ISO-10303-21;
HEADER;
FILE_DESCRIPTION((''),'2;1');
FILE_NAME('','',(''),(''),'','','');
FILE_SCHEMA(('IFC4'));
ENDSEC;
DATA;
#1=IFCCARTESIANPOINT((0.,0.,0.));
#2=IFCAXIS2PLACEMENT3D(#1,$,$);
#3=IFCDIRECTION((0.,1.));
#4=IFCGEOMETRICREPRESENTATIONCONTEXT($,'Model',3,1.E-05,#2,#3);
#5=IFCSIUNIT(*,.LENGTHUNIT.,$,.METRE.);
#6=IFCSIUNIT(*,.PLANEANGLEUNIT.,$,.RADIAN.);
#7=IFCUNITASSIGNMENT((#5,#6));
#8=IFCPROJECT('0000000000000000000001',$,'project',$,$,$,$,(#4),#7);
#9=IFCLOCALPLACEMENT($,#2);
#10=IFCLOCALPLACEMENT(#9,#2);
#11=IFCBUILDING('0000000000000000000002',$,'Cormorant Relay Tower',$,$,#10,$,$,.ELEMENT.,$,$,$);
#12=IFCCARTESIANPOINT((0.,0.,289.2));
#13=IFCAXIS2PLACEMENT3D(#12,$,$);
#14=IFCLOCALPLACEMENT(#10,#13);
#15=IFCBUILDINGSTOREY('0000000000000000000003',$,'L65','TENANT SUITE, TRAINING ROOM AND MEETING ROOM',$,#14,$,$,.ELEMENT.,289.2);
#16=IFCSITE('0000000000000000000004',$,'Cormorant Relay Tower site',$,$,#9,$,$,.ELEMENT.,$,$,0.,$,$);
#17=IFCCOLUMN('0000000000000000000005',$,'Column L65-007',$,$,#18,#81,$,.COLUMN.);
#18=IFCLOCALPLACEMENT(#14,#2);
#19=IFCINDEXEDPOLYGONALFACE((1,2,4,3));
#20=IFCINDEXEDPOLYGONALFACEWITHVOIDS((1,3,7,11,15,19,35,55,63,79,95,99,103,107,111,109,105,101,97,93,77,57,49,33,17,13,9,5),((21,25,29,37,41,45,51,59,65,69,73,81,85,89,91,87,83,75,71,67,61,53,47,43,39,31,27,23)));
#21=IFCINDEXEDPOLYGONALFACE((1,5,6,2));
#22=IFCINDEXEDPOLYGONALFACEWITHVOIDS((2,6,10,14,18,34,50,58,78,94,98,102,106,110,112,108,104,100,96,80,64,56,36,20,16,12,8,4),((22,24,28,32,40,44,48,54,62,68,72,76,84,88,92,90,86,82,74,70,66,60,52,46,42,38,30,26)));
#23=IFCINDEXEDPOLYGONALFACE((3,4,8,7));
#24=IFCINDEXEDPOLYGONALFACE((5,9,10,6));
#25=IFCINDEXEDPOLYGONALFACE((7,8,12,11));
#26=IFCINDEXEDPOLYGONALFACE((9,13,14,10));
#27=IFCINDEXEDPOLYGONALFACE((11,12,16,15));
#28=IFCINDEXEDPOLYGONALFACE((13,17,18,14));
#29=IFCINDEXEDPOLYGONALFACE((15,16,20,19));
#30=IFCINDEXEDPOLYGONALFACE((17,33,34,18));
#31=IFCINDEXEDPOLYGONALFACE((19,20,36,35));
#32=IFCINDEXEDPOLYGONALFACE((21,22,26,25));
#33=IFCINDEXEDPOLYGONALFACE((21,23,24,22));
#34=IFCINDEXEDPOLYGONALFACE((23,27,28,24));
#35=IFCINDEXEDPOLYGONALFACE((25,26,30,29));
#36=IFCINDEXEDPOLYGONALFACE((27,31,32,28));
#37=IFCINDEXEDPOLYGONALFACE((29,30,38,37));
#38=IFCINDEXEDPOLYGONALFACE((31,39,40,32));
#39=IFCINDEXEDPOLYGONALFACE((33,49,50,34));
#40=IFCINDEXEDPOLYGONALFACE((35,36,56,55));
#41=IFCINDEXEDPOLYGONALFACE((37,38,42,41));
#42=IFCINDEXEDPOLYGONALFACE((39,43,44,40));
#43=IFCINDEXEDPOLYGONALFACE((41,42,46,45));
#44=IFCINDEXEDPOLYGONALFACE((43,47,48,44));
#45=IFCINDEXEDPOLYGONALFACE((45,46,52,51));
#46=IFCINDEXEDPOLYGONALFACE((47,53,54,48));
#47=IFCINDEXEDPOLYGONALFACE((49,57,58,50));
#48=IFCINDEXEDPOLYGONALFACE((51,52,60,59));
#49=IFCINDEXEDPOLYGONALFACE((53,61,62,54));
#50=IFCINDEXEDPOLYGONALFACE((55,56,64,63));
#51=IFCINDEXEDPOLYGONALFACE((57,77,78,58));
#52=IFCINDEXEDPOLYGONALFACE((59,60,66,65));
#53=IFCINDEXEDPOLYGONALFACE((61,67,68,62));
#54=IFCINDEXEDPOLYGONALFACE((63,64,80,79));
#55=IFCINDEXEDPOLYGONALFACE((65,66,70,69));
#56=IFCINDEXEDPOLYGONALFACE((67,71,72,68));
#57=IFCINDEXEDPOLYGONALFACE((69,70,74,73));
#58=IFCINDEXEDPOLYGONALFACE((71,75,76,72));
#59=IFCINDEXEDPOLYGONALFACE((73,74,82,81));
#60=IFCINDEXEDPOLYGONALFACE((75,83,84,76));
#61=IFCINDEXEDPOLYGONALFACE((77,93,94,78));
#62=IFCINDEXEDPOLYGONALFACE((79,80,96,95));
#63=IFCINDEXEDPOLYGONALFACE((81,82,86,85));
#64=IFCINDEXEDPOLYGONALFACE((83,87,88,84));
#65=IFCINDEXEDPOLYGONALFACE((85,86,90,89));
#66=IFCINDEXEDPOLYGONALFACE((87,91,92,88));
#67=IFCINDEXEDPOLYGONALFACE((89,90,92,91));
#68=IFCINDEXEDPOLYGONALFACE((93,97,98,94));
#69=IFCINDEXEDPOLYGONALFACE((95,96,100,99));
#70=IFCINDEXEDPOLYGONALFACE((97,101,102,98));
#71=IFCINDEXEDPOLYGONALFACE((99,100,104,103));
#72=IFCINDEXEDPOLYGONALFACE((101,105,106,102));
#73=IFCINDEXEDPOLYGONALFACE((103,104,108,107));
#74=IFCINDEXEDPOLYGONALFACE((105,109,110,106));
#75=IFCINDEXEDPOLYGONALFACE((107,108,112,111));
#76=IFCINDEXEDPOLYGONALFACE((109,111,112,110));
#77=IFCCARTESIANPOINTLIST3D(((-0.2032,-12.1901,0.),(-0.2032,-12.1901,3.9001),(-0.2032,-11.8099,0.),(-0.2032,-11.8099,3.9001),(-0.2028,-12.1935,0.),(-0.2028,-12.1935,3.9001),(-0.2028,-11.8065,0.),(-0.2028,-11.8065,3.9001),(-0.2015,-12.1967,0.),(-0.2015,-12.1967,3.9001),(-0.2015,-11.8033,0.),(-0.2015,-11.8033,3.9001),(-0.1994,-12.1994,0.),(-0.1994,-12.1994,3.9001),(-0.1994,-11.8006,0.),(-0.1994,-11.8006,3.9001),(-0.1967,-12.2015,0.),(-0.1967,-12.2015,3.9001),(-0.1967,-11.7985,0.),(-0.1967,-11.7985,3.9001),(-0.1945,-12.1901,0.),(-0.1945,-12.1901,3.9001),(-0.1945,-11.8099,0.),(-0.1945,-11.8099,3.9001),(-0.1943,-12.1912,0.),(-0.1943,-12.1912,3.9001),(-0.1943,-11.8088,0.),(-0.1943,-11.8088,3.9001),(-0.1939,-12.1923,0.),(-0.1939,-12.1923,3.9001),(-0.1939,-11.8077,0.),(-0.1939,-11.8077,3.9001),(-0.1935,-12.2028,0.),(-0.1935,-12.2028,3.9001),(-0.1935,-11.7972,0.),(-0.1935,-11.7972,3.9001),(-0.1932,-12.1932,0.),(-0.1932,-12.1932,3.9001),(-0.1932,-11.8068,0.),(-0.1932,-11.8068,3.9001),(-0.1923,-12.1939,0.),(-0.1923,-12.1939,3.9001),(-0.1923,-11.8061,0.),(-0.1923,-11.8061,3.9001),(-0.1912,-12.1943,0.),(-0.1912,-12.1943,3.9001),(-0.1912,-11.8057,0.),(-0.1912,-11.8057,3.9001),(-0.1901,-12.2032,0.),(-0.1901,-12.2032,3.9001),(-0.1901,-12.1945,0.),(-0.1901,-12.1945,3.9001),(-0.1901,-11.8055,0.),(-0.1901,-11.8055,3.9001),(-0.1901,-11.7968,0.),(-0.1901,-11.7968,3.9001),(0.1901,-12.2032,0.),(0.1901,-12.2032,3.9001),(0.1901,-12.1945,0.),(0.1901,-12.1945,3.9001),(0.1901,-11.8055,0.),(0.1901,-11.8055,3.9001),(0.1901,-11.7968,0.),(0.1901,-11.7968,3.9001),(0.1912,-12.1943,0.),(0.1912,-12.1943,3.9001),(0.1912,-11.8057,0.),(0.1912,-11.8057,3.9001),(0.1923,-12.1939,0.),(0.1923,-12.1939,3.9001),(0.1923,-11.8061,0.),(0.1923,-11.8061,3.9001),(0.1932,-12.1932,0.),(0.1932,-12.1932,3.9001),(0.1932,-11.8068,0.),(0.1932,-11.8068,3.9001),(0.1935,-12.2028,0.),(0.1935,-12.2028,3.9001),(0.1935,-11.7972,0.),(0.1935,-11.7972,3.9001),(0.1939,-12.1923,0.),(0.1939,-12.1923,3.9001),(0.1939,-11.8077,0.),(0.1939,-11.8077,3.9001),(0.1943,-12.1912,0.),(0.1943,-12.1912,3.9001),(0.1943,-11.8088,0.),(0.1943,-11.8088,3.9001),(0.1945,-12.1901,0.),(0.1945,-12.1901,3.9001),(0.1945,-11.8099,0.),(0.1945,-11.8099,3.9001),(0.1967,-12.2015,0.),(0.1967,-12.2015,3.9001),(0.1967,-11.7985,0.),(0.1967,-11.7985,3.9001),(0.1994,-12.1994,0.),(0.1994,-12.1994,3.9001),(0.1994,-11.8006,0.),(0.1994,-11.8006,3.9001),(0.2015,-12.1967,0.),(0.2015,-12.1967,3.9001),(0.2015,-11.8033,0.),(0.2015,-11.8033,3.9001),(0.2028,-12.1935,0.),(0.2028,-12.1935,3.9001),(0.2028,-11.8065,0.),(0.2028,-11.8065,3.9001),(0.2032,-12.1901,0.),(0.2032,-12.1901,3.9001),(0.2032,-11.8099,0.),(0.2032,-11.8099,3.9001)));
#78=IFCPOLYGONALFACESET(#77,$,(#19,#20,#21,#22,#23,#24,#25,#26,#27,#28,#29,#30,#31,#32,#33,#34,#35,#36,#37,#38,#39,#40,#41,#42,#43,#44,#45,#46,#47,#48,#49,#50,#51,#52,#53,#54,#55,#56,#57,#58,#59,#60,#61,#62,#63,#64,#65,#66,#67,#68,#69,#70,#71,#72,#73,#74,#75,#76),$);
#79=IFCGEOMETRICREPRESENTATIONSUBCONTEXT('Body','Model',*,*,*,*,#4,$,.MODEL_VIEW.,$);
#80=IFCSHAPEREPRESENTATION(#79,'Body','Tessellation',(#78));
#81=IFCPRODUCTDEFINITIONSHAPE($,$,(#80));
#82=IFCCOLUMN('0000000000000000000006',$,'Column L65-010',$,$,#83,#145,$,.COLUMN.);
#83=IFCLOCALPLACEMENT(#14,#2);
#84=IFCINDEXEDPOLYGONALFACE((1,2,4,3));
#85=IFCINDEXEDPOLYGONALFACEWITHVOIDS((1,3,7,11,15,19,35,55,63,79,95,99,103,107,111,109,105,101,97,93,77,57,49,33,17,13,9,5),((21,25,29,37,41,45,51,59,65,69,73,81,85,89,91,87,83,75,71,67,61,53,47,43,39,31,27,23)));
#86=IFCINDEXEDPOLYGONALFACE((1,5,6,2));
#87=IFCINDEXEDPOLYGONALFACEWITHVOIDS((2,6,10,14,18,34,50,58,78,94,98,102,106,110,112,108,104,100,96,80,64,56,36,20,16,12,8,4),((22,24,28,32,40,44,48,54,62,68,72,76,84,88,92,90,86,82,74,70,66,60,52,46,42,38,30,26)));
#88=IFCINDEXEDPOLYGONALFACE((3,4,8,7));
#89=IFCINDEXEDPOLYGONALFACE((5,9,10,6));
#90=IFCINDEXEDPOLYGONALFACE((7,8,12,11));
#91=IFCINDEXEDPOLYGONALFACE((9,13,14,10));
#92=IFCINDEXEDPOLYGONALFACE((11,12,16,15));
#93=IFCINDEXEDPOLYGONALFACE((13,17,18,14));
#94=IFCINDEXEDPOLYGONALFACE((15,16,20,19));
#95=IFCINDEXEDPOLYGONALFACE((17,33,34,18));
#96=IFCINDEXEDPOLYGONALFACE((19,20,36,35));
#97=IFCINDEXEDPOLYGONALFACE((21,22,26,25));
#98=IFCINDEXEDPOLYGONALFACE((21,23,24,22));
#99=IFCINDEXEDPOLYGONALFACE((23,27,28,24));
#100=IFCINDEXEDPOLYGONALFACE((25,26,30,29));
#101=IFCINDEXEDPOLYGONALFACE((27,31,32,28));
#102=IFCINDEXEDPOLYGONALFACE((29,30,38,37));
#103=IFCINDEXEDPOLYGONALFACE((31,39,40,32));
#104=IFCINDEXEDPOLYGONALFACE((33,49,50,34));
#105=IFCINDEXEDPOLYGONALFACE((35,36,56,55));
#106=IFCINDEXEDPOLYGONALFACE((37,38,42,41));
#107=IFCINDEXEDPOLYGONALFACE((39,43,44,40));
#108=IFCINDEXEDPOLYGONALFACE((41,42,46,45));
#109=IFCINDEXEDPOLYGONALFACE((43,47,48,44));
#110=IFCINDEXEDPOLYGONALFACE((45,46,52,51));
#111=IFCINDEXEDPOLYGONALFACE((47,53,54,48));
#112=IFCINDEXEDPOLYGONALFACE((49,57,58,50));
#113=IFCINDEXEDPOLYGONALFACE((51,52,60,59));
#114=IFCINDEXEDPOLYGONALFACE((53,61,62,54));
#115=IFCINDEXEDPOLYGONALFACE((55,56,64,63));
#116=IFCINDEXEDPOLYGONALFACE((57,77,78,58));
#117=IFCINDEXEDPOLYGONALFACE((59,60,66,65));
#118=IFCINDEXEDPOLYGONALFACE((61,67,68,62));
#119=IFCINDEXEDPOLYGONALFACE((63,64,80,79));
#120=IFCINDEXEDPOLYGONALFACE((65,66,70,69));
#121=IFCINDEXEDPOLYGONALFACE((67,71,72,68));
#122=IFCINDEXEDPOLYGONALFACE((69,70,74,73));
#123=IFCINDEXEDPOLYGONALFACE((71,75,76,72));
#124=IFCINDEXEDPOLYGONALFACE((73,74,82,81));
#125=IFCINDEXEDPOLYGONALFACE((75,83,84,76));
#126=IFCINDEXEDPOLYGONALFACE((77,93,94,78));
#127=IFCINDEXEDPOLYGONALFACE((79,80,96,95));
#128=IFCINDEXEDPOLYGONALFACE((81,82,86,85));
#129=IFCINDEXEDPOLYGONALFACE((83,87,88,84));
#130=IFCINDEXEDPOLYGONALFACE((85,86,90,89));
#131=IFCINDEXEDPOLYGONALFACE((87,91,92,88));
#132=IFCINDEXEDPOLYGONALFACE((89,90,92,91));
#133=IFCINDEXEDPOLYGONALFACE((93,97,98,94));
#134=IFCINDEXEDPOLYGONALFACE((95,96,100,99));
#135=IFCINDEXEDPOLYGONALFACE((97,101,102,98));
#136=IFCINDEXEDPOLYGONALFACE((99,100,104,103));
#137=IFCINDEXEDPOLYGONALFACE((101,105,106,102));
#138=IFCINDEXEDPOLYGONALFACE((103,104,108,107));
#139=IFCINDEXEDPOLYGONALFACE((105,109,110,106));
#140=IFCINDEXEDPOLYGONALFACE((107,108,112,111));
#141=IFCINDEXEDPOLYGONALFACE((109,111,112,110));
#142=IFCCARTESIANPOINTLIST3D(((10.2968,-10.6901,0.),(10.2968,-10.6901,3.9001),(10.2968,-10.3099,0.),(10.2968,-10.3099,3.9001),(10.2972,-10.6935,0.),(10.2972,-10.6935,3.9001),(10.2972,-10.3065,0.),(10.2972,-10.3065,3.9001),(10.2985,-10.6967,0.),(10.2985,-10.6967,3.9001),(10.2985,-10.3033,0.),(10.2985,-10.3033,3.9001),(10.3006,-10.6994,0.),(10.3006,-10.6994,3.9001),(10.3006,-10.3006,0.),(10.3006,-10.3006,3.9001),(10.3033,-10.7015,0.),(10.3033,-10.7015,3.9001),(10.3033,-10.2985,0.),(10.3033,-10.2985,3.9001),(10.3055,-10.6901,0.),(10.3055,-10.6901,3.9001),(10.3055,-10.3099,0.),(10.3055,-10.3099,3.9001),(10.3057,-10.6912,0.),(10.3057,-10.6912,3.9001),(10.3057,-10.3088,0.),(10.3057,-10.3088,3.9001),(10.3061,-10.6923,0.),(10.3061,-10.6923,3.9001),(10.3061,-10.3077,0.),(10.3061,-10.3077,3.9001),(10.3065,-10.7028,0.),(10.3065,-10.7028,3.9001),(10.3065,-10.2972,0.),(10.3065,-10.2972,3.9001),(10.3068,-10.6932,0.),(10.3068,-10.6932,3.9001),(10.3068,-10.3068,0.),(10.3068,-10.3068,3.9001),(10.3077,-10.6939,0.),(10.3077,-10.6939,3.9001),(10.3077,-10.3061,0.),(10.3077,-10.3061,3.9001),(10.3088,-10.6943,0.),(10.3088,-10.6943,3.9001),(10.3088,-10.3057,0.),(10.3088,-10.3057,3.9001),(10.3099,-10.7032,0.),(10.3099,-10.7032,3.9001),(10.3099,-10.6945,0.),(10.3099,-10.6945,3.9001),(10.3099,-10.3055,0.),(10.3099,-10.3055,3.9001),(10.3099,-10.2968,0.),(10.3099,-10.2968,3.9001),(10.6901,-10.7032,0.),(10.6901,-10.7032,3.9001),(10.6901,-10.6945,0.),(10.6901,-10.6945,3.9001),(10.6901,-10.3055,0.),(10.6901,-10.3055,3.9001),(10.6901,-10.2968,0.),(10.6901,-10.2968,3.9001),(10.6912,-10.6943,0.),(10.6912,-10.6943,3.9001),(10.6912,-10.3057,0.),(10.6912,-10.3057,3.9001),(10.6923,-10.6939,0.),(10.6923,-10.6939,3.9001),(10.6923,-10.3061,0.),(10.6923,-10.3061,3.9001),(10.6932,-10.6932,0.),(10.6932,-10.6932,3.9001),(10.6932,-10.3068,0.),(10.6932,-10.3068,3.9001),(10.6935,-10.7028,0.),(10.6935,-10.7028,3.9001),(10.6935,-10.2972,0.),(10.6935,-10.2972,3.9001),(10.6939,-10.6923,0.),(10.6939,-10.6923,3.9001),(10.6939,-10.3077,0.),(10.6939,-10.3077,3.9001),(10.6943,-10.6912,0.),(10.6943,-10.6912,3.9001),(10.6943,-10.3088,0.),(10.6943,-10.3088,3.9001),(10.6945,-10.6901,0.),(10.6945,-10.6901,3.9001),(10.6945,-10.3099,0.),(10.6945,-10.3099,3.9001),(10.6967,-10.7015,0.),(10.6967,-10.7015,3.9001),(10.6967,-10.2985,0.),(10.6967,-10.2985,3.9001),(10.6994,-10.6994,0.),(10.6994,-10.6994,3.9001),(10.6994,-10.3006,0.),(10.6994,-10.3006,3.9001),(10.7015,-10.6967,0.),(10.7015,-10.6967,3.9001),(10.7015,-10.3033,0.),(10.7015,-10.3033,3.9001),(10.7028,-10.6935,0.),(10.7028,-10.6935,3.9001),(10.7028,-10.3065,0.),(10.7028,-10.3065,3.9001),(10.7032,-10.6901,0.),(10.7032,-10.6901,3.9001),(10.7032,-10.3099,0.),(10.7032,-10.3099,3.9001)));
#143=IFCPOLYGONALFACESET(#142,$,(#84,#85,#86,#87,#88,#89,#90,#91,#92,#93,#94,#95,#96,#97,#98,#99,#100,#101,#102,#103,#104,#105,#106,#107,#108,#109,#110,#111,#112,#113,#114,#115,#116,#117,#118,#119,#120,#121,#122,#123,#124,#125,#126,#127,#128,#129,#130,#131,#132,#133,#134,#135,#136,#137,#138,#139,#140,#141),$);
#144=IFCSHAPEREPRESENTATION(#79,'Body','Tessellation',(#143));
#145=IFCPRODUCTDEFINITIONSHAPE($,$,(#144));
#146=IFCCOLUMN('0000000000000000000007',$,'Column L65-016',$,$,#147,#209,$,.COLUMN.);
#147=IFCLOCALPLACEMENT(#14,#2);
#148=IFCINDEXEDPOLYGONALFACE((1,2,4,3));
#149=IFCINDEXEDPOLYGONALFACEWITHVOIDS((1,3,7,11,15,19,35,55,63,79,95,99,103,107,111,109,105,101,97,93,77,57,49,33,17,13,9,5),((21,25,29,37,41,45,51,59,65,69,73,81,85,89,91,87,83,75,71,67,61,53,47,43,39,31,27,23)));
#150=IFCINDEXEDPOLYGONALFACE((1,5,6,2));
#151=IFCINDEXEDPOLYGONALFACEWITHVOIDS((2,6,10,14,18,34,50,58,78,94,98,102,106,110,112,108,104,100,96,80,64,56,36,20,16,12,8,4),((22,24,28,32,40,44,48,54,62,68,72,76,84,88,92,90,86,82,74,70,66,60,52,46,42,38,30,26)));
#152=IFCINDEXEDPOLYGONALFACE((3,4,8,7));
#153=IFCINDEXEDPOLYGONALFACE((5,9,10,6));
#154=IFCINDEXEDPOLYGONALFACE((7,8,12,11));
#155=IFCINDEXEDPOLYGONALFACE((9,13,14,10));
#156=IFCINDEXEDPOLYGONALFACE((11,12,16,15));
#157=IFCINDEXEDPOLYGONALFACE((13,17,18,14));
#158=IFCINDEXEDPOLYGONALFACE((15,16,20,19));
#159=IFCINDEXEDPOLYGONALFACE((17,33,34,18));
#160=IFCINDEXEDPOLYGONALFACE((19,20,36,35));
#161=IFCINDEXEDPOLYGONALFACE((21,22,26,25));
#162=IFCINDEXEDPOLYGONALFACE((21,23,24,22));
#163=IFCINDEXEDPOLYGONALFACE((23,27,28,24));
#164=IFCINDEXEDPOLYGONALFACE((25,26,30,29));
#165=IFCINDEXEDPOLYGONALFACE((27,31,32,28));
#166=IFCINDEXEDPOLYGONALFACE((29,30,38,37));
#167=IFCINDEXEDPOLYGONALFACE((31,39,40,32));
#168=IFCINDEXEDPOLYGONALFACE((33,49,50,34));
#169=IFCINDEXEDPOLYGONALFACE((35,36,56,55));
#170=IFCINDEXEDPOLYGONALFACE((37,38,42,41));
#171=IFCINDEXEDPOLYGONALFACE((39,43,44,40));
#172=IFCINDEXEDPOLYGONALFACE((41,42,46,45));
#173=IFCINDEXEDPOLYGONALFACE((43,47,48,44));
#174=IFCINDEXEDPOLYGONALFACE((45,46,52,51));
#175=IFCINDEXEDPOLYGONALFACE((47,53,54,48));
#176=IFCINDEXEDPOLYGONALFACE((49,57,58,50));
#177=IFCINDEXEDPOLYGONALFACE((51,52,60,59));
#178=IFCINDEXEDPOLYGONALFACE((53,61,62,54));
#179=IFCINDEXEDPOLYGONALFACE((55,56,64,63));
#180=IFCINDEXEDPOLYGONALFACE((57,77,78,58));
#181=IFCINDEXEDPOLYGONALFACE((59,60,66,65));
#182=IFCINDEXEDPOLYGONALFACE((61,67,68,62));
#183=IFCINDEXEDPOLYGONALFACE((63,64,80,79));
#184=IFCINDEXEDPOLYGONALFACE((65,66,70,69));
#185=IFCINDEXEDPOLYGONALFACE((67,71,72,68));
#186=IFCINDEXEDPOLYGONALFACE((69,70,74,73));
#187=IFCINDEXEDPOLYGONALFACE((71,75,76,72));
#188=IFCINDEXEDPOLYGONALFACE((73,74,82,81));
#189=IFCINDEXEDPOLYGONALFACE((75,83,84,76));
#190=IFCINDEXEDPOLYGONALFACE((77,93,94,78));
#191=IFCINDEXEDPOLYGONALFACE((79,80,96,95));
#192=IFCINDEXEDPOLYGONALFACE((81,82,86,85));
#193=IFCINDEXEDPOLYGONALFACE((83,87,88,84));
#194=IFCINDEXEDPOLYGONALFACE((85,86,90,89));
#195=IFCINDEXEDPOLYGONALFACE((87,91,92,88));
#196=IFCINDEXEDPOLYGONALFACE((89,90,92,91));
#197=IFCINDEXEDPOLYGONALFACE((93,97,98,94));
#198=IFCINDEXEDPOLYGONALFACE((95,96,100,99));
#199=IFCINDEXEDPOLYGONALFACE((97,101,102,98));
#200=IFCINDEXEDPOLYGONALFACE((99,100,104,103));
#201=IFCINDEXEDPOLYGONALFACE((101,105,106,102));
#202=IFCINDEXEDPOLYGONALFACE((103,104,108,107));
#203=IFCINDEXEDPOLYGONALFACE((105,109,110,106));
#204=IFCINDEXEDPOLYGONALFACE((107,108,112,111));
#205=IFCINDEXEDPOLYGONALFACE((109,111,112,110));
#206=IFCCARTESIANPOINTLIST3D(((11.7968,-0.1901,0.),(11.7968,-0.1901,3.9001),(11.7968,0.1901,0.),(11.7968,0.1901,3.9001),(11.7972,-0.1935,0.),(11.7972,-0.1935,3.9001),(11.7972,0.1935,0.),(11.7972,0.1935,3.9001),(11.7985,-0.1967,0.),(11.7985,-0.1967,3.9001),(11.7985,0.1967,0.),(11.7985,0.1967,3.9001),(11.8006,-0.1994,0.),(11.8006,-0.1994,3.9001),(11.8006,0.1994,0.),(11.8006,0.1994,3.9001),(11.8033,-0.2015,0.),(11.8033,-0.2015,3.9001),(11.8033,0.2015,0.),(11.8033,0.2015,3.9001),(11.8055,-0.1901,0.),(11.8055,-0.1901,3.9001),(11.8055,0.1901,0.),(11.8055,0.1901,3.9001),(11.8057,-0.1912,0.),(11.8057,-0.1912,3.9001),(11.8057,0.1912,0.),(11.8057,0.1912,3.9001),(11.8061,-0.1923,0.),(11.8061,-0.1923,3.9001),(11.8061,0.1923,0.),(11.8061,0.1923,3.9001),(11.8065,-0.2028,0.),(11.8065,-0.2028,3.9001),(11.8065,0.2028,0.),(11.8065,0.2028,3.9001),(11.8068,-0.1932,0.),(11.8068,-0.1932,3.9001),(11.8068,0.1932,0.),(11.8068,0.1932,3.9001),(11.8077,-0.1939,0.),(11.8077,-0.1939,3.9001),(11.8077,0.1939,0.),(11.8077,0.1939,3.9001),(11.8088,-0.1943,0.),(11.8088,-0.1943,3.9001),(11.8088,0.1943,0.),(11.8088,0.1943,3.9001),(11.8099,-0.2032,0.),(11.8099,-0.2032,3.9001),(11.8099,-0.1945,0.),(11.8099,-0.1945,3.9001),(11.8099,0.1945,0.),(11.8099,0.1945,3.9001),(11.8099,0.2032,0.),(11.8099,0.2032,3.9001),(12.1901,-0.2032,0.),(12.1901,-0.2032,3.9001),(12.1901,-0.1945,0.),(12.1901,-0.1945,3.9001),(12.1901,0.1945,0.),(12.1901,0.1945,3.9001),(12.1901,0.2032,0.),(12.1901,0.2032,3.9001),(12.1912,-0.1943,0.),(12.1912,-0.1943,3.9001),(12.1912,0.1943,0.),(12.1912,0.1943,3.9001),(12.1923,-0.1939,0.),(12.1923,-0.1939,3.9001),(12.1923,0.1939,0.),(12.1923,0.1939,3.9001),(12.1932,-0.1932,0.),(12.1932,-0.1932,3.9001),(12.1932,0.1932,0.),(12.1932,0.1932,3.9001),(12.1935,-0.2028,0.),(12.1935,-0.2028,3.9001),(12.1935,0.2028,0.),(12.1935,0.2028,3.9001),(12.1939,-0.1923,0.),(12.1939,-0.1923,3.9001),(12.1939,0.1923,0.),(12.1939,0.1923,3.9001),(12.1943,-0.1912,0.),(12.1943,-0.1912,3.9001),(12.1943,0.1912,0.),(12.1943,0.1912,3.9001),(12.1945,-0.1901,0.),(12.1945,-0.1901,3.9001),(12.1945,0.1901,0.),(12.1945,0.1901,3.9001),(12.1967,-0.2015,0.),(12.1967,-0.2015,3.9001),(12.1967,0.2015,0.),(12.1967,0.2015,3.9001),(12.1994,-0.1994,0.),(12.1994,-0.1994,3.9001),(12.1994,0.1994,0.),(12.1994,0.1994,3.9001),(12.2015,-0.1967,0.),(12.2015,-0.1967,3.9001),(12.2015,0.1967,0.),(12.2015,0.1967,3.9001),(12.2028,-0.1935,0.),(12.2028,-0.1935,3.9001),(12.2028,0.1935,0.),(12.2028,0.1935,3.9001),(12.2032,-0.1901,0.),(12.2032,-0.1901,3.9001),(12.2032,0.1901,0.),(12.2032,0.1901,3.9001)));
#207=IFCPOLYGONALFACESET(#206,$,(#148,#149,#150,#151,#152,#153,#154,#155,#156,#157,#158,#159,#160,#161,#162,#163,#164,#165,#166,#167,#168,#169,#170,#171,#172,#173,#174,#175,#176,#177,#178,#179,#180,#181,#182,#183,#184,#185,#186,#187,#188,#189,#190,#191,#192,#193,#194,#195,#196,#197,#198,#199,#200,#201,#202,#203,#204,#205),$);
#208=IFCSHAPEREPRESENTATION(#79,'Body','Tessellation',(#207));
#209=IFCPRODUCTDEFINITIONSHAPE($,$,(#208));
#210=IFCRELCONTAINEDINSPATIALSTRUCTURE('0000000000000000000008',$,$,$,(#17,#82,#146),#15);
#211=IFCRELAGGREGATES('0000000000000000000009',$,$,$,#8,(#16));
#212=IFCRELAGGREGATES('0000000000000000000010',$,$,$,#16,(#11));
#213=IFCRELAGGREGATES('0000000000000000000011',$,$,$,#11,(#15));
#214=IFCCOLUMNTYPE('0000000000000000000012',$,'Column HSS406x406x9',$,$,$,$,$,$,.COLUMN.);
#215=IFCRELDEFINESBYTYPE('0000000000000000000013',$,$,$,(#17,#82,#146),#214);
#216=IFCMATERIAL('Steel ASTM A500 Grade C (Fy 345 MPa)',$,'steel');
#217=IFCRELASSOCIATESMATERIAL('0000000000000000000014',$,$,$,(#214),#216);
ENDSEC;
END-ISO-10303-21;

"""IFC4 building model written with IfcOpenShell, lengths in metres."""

from ifc_helpers import new_model, si_unit, direction, frame, origin, origin_2d, place, context, subcontext, project, spatial, hollow_rectangle, extrude, material, material_profile, profile_set, type_object, element, save


model = new_model("IFC4")

# Units and contexts
model_context = context("Model", 3, precision=1e-05, world=origin(), true_north=direction((0.0, 1.0)))
body_context = subcontext(model_context, "Body", "Model", "MODEL_VIEW")
ifc_project = project(units=[si_unit("LENGTHUNIT", "METRE"), si_unit("PLANEANGLEUNIT", "RADIAN")], contexts=[model_context])

# Site, building, storey
site_placement = place(None, origin())
site = spatial("IfcSite", under=ifc_project, at=site_placement, Name="Cormorant Relay Tower site", CompositionType="ELEMENT", RefElevation=0.0)
building_placement = place(site_placement, origin())
building = spatial("IfcBuilding", under=site, at=building_placement, Name="Cormorant Relay Tower", CompositionType="ELEMENT")
storey_placement = place(building_placement, frame((0.0, 0.0, 289.2)))
storey = spatial("IfcBuildingStorey", under=building, at=storey_placement, Name="L65", Description="TENANT SUITE, TRAINING ROOM AND MEETING ROOM", CompositionType="ELEMENT", Elevation=289.2)

# Columns
ifc_material_1 = material(Name="Steel ASTM A500 Grade C (Fy 345 MPa)", Category="steel")
ifc_material_profile_1 = material_profile(ifc_material_1, hollow_rectangle(XDim=0.4065, YDim=0.4065, WallThickness=0.0088, InnerFilletRadius=0.0044, OuterFilletRadius=0.0132, at=origin_2d()), Name="HSS406x406x9")
ifc_profile_set_1 = profile_set([ifc_material_profile_1], Name="Steel ASTM A500 Grade C (Fy 345 MPa)")
column_type = type_object("IfcColumnType", Name="Column HSS406x406x9", PredefinedType="COLUMN", material=ifc_profile_set_1)
for number, where, z_axis, x_axis, name in (
    (1, (0.0, -12.0, 0.0), (0.0, 0.0, 1.0), (1.0, 0.0, 0.0), "Column L65-007"),
    (2, (10.5, -10.5, 0.0), (0.0, 0.0, 1.0), (1.0, 0.0, 0.0), "Column L65-010"),
    (3, (12.0, 0.0, 0.0), (0.0, 0.0, 1.0), (1.0, 0.0, 0.0), "Column L65-016"),
):
    element("IfcColumn", number, at=place(storey_placement, frame(where, z_axis=z_axis, x_axis=x_axis)), inside=storey, type_object=column_type, Name=name, PredefinedType="COLUMN", context=body_context, shape_type="SweptSolid", body=[
        extrude(hollow_rectangle(XDim=0.4065, YDim=0.4065, WallThickness=0.0088, InnerFilletRadius=0.0044, OuterFilletRadius=0.0132, at=origin_2d()), origin(), (0.0, 0.0, 1.0), 3.9001),
    ])

save(model, "model.ifc")
